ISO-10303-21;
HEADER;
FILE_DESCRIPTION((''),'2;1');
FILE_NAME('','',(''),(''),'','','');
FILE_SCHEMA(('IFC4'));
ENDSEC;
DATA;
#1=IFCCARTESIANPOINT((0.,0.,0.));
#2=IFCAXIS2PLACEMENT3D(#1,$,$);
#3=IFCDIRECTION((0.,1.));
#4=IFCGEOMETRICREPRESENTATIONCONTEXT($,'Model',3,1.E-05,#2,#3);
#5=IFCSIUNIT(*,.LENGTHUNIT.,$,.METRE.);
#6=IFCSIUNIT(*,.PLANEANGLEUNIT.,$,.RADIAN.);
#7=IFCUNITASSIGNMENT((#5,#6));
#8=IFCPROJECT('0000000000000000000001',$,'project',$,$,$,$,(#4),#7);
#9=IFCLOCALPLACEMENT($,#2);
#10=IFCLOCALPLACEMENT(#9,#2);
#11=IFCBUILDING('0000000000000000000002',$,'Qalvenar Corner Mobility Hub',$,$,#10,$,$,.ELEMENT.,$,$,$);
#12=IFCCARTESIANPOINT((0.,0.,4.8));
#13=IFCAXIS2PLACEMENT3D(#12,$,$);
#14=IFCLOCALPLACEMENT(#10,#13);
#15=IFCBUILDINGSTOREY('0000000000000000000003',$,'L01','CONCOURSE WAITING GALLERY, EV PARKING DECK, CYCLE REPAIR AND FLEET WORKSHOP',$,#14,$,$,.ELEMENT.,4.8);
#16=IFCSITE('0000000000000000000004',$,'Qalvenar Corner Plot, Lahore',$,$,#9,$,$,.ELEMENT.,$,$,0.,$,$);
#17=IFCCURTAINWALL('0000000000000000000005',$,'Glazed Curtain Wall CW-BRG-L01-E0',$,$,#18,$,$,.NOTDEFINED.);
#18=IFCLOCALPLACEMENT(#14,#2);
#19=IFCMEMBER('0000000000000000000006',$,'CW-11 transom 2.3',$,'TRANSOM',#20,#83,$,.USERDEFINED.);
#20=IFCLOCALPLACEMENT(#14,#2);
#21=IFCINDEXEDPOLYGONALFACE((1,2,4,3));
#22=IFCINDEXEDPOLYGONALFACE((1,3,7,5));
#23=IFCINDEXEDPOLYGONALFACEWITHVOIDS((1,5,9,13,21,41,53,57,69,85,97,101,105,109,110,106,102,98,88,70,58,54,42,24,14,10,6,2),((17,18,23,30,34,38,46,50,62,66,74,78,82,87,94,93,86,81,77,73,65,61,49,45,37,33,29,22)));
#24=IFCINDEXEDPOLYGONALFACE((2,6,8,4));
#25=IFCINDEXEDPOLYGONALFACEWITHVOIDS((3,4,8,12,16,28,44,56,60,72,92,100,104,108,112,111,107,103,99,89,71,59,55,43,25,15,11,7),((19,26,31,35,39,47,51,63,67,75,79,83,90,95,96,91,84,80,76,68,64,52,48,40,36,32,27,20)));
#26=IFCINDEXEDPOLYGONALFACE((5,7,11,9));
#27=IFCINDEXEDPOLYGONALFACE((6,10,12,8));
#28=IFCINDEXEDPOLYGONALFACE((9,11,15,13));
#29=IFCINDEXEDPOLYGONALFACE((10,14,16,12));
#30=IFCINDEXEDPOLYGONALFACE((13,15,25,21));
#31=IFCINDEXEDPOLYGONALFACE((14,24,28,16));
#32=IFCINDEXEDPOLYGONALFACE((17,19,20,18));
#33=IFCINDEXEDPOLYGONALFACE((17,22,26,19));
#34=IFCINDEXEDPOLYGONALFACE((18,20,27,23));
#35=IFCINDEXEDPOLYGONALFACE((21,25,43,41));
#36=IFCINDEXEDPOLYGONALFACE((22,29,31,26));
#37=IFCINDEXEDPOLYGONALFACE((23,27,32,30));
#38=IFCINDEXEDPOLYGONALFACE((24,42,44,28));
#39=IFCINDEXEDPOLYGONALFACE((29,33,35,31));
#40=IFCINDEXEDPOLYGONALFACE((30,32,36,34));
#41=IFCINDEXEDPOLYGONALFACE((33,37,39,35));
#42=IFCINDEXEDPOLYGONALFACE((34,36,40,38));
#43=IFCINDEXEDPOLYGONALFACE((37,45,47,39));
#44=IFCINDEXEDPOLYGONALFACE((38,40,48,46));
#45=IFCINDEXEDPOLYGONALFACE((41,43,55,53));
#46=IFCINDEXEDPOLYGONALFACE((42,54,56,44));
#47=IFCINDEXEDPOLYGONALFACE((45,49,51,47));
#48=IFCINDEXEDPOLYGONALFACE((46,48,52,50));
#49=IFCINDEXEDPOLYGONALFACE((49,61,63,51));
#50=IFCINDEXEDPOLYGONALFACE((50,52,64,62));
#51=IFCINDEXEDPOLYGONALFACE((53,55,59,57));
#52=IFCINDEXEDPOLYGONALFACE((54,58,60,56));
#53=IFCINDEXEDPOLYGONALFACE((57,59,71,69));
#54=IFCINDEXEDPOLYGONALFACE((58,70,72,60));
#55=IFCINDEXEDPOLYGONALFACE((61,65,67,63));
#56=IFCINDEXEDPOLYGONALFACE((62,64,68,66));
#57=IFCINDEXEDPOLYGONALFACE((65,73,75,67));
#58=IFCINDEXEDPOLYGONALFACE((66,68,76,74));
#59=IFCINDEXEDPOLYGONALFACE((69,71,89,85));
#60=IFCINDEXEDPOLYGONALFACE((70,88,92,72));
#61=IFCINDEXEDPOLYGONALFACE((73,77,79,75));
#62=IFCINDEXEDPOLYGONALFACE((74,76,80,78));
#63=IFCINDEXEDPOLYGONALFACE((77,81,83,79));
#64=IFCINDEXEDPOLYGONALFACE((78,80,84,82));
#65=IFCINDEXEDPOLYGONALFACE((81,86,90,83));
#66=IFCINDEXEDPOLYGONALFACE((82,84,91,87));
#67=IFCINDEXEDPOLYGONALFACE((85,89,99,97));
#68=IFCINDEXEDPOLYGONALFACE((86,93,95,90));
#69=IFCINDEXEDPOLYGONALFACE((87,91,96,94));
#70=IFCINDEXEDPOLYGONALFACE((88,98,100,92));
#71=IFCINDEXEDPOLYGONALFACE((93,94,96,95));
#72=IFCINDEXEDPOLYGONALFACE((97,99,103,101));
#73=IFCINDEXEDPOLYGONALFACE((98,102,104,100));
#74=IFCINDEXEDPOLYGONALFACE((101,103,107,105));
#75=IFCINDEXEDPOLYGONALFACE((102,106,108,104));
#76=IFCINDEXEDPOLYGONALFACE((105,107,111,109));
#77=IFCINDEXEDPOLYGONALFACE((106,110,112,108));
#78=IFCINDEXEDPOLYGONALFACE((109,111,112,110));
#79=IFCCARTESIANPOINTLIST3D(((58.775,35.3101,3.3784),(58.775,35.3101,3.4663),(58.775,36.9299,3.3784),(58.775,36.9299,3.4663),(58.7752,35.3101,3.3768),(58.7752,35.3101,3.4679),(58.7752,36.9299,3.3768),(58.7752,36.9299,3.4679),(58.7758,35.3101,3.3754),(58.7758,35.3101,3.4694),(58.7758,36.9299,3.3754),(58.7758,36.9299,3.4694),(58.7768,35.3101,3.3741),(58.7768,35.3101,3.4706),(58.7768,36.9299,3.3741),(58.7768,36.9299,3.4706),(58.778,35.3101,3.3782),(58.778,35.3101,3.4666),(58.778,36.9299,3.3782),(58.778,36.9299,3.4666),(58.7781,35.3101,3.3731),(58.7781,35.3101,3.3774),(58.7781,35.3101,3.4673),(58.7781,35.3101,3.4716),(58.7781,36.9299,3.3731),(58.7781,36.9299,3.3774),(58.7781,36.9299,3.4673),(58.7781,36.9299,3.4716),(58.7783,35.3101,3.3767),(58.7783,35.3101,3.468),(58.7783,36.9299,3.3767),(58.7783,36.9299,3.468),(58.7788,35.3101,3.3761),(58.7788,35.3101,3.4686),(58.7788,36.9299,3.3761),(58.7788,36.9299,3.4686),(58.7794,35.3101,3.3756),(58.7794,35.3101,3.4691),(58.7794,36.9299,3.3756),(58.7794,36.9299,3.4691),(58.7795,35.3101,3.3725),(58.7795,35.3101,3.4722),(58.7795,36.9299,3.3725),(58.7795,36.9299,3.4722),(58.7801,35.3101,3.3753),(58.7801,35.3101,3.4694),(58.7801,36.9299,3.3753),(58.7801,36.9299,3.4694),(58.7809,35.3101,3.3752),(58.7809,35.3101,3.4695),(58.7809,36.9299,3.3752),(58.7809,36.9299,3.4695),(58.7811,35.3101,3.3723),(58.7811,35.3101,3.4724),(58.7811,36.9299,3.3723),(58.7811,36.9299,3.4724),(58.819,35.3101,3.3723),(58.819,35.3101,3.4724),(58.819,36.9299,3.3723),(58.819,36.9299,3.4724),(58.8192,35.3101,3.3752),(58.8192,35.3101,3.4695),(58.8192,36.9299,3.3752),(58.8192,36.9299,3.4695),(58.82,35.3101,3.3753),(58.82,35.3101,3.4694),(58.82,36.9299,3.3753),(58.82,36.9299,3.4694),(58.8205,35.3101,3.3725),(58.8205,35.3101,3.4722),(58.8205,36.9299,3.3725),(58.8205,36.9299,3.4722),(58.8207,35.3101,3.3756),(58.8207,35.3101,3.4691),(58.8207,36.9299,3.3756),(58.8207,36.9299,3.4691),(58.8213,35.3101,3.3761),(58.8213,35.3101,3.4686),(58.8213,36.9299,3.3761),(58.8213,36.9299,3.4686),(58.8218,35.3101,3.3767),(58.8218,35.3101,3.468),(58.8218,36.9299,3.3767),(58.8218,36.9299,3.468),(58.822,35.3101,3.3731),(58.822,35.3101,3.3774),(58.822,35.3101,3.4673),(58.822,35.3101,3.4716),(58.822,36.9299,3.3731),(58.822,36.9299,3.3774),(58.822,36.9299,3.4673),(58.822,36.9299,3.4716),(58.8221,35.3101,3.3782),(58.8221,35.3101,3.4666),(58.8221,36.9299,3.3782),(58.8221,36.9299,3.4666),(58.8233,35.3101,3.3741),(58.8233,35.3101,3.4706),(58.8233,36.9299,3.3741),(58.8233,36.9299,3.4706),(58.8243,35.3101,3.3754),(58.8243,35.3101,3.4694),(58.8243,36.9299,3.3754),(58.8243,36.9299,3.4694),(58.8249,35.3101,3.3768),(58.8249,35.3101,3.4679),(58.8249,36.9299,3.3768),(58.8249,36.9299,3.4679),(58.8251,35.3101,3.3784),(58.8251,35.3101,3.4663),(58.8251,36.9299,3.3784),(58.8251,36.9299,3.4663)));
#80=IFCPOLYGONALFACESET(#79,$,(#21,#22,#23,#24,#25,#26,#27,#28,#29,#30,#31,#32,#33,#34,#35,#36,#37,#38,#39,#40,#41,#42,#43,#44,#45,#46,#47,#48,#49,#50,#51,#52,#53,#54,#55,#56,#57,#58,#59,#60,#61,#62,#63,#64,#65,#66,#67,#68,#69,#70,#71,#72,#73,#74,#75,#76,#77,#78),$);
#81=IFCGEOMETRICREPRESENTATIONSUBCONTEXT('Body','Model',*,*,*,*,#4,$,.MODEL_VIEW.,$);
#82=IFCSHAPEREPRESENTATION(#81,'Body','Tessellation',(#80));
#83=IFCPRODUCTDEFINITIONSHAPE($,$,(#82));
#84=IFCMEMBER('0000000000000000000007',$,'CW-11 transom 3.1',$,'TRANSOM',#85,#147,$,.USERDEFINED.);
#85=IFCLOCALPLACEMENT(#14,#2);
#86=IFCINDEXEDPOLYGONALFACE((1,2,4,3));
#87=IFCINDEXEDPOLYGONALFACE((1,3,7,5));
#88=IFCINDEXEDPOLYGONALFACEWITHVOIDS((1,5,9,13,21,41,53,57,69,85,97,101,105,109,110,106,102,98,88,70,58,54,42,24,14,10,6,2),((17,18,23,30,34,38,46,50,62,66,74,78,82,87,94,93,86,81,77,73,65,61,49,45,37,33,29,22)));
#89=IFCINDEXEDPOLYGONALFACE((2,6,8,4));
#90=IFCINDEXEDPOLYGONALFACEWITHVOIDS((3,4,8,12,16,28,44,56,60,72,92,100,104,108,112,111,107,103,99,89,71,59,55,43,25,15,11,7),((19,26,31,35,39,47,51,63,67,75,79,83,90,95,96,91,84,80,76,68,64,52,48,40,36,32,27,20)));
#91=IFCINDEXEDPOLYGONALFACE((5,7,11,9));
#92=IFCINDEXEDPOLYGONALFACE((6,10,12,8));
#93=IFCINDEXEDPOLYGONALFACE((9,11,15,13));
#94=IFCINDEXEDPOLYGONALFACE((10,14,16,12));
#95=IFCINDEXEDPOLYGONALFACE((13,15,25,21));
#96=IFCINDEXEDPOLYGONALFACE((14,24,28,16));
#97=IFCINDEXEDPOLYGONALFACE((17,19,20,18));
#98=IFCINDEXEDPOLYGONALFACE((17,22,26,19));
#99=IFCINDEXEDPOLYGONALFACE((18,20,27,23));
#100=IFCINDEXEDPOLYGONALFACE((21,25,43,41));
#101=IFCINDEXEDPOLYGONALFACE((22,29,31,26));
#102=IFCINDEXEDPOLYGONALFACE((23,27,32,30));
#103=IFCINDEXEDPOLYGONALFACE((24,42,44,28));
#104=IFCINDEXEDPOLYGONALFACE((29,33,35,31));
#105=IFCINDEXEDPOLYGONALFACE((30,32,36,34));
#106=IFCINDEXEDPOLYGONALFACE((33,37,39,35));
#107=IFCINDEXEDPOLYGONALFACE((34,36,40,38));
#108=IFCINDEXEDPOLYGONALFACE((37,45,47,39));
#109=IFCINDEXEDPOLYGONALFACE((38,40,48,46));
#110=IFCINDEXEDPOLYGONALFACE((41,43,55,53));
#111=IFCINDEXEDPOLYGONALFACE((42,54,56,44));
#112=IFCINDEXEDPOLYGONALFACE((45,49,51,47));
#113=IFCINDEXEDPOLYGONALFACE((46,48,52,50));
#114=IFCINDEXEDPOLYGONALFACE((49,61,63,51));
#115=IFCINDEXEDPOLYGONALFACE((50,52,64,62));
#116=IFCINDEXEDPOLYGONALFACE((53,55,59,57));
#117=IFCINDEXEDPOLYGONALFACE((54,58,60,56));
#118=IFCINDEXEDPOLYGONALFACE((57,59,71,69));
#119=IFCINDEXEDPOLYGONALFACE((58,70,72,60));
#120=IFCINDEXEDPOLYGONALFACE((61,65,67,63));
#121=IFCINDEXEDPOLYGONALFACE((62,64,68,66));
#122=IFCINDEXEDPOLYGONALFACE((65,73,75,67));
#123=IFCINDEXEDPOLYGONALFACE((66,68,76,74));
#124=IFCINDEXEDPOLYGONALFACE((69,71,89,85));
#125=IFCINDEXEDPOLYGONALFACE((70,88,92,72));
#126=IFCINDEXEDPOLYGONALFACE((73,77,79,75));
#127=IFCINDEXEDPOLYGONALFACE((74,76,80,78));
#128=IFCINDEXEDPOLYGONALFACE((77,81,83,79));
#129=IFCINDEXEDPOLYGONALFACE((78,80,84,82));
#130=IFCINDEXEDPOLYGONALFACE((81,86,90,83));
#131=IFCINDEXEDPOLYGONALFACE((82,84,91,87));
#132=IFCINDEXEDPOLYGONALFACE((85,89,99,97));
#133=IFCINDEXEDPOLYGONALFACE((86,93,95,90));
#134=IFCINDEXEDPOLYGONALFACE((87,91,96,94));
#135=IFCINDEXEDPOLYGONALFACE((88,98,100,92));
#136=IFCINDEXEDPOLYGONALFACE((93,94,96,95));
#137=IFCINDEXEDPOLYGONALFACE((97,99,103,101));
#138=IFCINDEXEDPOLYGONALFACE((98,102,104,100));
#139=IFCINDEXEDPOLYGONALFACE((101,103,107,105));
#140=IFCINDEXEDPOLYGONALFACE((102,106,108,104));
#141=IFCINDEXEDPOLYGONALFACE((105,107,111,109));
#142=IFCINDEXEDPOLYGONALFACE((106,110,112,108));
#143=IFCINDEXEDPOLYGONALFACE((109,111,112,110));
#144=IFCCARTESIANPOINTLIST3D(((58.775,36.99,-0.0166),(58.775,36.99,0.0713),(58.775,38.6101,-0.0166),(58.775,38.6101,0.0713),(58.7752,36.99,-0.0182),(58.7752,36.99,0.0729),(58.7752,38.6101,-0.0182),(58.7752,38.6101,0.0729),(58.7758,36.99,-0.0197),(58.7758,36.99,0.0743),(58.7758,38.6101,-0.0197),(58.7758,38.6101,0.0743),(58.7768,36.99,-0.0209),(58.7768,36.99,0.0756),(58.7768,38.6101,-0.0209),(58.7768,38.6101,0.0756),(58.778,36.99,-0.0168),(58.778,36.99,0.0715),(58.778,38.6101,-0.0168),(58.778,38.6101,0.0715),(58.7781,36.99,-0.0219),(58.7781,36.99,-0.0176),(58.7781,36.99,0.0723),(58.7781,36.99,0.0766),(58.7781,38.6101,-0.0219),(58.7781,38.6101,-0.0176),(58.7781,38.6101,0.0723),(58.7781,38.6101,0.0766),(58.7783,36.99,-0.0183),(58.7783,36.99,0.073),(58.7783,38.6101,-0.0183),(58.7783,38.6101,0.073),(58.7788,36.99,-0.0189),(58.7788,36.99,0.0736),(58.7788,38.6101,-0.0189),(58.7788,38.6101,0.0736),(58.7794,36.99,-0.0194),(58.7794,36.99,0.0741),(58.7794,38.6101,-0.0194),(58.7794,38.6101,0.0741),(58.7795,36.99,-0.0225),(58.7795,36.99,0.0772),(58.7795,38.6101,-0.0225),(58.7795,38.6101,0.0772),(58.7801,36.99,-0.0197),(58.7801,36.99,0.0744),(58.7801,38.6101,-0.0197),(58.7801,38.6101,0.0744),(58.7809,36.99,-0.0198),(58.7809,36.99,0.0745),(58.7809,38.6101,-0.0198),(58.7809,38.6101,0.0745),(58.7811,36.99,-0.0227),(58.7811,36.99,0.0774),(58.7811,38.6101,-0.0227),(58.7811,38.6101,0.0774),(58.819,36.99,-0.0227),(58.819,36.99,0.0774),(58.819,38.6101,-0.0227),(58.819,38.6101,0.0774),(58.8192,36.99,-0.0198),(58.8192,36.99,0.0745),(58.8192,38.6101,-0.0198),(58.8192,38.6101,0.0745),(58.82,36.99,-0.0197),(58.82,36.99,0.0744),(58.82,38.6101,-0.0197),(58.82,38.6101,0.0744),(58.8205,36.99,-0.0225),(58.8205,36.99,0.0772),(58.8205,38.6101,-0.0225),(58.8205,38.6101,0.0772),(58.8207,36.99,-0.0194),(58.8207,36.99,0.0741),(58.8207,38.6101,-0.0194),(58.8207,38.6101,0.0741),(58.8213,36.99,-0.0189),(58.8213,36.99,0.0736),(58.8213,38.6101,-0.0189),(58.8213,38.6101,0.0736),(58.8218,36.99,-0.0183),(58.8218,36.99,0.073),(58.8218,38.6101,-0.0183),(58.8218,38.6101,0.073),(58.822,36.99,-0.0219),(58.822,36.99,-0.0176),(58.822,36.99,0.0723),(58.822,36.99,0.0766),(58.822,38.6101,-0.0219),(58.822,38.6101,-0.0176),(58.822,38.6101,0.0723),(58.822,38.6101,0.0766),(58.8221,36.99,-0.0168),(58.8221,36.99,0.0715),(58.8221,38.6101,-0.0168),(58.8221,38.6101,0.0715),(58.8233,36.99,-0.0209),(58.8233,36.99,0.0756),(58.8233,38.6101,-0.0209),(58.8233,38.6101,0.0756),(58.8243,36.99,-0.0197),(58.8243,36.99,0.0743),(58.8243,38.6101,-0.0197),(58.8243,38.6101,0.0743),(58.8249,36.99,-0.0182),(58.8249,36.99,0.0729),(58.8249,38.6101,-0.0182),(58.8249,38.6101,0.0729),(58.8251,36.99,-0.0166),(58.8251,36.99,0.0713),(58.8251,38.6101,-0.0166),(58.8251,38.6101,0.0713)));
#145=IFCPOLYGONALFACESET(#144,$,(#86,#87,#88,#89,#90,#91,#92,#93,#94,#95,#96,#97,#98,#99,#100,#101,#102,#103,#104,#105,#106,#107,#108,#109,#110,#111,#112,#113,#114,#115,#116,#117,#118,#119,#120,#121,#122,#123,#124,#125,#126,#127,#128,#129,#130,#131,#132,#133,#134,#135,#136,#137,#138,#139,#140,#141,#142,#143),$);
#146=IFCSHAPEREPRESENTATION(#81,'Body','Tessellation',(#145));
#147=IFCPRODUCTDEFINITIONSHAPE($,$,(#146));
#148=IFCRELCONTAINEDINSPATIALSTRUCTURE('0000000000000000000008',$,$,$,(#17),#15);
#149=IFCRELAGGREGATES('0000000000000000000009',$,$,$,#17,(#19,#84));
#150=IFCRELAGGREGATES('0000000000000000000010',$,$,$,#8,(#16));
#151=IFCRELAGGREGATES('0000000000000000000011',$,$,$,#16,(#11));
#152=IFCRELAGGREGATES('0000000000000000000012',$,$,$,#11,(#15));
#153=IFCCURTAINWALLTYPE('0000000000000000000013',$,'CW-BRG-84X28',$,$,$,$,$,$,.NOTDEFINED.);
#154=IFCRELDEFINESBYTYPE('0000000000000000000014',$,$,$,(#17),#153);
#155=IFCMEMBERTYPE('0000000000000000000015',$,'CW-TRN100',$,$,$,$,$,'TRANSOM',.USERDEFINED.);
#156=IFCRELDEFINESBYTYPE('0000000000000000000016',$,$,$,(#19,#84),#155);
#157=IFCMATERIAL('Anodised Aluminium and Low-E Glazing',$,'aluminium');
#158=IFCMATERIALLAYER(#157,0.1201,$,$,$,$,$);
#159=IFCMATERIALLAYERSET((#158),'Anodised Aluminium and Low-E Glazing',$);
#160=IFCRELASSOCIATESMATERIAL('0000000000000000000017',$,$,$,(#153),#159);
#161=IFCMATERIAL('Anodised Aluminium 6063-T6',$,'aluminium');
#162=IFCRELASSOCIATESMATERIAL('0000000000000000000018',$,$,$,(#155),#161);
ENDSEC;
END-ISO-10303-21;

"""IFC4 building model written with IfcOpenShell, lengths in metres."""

from ifc_helpers import new_model, si_unit, direction, frame, origin, origin_2d, place, context, subcontext, project, spatial, hollow_rectangle, extrude, material, layer, layer_set, material_profile, profile_set, type_object, element, aggregate, save


model = new_model("IFC4")

# Units and contexts
model_context = context("Model", 3, precision=1e-05, world=origin(), true_north=direction((0.0, 1.0)))
body_context = subcontext(model_context, "Body", "Model", "MODEL_VIEW")
ifc_project = project(units=[si_unit("LENGTHUNIT", "METRE"), si_unit("PLANEANGLEUNIT", "RADIAN")], contexts=[model_context])

# Site, building, storey
site_placement = place(None, origin())
site = spatial("IfcSite", under=ifc_project, at=site_placement, Name="Qalvenar Corner Plot, Lahore", CompositionType="ELEMENT", RefElevation=0.0)
building_placement = place(site_placement, origin())
building = spatial("IfcBuilding", under=site, at=building_placement, Name="Qalvenar Corner Mobility Hub", CompositionType="ELEMENT")
storey_placement = place(building_placement, frame((0.0, 0.0, 4.8)))
storey = spatial("IfcBuildingStorey", under=building, at=storey_placement, Name="L01", Description="CONCOURSE WAITING GALLERY, EV PARKING DECK, CYCLE REPAIR AND FLEET WORKSHOP", CompositionType="ELEMENT", Elevation=4.8)

# Curtain wall, members
ifc_material_1 = material(Name="Anodised Aluminium and Low-E Glazing", Category="aluminium")
ifc_layer_1 = layer(ifc_material_1, 0.1201)
ifc_layer_set_1 = layer_set([ifc_layer_1], Name="Anodised Aluminium and Low-E Glazing")
curtain_wall_type = type_object("IfcCurtainWallType", Name="CW-BRG-84X28", PredefinedType="NOTDEFINED", material=ifc_layer_set_1)
curtain_wall_placement = place(storey_placement, origin())
curtain_wall = element("IfcCurtainWall", 1, at=curtain_wall_placement, inside=storey, type_object=curtain_wall_type, Name="Glazed Curtain Wall CW-BRG-L01-E0", PredefinedType="NOTDEFINED")
ifc_material_2 = material(Name="Anodised Aluminium 6063-T6", Category="aluminium")
ifc_material_profile_1 = material_profile(ifc_material_2, hollow_rectangle(XDim=0.05, YDim=0.1001, WallThickness=0.0029, InnerFilletRadius=0.0029, OuterFilletRadius=0.0061, at=origin_2d()), Name="RHS100x50x3")
ifc_profile_set_1 = profile_set([ifc_material_profile_1], Name="Anodised Aluminium 6063-T6")
member_type_1 = type_object("IfcMemberType", Name="CW-TRN100", ElementType="TRANSOM", PredefinedType="USERDEFINED", material=ifc_profile_set_1)
member_1_placement = place(storey_placement, frame((58.8, 35.3101, 3.4224), z_axis=(0.0, 1.0, 0.0), x_axis=(-1.0, 0.0, 0.0)))
member_1 = element("IfcMember", 2, at=member_1_placement, type_object=member_type_1, Name="CW-11 transom 2.3", ObjectType="TRANSOM", PredefinedType="USERDEFINED", context=body_context, shape_type="SweptSolid", body=[
    extrude(hollow_rectangle(XDim=0.05, YDim=0.1001, WallThickness=0.0029, InnerFilletRadius=0.0029, OuterFilletRadius=0.0061, at=origin_2d()), origin(), (0.0, 0.0, 1.0), 1.6199),
])
member_2_placement = place(storey_placement, frame((58.8, 36.99, 0.0273), z_axis=(0.0, 1.0, 0.0), x_axis=(-1.0, 0.0, 0.0)))
member_2 = element("IfcMember", 3, at=member_2_placement, type_object=member_type_1, Name="CW-11 transom 3.1", ObjectType="TRANSOM", PredefinedType="USERDEFINED", context=body_context, shape_type="SweptSolid", body=[
    extrude(hollow_rectangle(XDim=0.05, YDim=0.1001, WallThickness=0.0029, InnerFilletRadius=0.0029, OuterFilletRadius=0.0061, at=origin_2d()), origin(), (0.0, 0.0, 1.0), 1.6201),
])
aggregate(curtain_wall, [member_1, member_2])

save(model, "model.ifc")
